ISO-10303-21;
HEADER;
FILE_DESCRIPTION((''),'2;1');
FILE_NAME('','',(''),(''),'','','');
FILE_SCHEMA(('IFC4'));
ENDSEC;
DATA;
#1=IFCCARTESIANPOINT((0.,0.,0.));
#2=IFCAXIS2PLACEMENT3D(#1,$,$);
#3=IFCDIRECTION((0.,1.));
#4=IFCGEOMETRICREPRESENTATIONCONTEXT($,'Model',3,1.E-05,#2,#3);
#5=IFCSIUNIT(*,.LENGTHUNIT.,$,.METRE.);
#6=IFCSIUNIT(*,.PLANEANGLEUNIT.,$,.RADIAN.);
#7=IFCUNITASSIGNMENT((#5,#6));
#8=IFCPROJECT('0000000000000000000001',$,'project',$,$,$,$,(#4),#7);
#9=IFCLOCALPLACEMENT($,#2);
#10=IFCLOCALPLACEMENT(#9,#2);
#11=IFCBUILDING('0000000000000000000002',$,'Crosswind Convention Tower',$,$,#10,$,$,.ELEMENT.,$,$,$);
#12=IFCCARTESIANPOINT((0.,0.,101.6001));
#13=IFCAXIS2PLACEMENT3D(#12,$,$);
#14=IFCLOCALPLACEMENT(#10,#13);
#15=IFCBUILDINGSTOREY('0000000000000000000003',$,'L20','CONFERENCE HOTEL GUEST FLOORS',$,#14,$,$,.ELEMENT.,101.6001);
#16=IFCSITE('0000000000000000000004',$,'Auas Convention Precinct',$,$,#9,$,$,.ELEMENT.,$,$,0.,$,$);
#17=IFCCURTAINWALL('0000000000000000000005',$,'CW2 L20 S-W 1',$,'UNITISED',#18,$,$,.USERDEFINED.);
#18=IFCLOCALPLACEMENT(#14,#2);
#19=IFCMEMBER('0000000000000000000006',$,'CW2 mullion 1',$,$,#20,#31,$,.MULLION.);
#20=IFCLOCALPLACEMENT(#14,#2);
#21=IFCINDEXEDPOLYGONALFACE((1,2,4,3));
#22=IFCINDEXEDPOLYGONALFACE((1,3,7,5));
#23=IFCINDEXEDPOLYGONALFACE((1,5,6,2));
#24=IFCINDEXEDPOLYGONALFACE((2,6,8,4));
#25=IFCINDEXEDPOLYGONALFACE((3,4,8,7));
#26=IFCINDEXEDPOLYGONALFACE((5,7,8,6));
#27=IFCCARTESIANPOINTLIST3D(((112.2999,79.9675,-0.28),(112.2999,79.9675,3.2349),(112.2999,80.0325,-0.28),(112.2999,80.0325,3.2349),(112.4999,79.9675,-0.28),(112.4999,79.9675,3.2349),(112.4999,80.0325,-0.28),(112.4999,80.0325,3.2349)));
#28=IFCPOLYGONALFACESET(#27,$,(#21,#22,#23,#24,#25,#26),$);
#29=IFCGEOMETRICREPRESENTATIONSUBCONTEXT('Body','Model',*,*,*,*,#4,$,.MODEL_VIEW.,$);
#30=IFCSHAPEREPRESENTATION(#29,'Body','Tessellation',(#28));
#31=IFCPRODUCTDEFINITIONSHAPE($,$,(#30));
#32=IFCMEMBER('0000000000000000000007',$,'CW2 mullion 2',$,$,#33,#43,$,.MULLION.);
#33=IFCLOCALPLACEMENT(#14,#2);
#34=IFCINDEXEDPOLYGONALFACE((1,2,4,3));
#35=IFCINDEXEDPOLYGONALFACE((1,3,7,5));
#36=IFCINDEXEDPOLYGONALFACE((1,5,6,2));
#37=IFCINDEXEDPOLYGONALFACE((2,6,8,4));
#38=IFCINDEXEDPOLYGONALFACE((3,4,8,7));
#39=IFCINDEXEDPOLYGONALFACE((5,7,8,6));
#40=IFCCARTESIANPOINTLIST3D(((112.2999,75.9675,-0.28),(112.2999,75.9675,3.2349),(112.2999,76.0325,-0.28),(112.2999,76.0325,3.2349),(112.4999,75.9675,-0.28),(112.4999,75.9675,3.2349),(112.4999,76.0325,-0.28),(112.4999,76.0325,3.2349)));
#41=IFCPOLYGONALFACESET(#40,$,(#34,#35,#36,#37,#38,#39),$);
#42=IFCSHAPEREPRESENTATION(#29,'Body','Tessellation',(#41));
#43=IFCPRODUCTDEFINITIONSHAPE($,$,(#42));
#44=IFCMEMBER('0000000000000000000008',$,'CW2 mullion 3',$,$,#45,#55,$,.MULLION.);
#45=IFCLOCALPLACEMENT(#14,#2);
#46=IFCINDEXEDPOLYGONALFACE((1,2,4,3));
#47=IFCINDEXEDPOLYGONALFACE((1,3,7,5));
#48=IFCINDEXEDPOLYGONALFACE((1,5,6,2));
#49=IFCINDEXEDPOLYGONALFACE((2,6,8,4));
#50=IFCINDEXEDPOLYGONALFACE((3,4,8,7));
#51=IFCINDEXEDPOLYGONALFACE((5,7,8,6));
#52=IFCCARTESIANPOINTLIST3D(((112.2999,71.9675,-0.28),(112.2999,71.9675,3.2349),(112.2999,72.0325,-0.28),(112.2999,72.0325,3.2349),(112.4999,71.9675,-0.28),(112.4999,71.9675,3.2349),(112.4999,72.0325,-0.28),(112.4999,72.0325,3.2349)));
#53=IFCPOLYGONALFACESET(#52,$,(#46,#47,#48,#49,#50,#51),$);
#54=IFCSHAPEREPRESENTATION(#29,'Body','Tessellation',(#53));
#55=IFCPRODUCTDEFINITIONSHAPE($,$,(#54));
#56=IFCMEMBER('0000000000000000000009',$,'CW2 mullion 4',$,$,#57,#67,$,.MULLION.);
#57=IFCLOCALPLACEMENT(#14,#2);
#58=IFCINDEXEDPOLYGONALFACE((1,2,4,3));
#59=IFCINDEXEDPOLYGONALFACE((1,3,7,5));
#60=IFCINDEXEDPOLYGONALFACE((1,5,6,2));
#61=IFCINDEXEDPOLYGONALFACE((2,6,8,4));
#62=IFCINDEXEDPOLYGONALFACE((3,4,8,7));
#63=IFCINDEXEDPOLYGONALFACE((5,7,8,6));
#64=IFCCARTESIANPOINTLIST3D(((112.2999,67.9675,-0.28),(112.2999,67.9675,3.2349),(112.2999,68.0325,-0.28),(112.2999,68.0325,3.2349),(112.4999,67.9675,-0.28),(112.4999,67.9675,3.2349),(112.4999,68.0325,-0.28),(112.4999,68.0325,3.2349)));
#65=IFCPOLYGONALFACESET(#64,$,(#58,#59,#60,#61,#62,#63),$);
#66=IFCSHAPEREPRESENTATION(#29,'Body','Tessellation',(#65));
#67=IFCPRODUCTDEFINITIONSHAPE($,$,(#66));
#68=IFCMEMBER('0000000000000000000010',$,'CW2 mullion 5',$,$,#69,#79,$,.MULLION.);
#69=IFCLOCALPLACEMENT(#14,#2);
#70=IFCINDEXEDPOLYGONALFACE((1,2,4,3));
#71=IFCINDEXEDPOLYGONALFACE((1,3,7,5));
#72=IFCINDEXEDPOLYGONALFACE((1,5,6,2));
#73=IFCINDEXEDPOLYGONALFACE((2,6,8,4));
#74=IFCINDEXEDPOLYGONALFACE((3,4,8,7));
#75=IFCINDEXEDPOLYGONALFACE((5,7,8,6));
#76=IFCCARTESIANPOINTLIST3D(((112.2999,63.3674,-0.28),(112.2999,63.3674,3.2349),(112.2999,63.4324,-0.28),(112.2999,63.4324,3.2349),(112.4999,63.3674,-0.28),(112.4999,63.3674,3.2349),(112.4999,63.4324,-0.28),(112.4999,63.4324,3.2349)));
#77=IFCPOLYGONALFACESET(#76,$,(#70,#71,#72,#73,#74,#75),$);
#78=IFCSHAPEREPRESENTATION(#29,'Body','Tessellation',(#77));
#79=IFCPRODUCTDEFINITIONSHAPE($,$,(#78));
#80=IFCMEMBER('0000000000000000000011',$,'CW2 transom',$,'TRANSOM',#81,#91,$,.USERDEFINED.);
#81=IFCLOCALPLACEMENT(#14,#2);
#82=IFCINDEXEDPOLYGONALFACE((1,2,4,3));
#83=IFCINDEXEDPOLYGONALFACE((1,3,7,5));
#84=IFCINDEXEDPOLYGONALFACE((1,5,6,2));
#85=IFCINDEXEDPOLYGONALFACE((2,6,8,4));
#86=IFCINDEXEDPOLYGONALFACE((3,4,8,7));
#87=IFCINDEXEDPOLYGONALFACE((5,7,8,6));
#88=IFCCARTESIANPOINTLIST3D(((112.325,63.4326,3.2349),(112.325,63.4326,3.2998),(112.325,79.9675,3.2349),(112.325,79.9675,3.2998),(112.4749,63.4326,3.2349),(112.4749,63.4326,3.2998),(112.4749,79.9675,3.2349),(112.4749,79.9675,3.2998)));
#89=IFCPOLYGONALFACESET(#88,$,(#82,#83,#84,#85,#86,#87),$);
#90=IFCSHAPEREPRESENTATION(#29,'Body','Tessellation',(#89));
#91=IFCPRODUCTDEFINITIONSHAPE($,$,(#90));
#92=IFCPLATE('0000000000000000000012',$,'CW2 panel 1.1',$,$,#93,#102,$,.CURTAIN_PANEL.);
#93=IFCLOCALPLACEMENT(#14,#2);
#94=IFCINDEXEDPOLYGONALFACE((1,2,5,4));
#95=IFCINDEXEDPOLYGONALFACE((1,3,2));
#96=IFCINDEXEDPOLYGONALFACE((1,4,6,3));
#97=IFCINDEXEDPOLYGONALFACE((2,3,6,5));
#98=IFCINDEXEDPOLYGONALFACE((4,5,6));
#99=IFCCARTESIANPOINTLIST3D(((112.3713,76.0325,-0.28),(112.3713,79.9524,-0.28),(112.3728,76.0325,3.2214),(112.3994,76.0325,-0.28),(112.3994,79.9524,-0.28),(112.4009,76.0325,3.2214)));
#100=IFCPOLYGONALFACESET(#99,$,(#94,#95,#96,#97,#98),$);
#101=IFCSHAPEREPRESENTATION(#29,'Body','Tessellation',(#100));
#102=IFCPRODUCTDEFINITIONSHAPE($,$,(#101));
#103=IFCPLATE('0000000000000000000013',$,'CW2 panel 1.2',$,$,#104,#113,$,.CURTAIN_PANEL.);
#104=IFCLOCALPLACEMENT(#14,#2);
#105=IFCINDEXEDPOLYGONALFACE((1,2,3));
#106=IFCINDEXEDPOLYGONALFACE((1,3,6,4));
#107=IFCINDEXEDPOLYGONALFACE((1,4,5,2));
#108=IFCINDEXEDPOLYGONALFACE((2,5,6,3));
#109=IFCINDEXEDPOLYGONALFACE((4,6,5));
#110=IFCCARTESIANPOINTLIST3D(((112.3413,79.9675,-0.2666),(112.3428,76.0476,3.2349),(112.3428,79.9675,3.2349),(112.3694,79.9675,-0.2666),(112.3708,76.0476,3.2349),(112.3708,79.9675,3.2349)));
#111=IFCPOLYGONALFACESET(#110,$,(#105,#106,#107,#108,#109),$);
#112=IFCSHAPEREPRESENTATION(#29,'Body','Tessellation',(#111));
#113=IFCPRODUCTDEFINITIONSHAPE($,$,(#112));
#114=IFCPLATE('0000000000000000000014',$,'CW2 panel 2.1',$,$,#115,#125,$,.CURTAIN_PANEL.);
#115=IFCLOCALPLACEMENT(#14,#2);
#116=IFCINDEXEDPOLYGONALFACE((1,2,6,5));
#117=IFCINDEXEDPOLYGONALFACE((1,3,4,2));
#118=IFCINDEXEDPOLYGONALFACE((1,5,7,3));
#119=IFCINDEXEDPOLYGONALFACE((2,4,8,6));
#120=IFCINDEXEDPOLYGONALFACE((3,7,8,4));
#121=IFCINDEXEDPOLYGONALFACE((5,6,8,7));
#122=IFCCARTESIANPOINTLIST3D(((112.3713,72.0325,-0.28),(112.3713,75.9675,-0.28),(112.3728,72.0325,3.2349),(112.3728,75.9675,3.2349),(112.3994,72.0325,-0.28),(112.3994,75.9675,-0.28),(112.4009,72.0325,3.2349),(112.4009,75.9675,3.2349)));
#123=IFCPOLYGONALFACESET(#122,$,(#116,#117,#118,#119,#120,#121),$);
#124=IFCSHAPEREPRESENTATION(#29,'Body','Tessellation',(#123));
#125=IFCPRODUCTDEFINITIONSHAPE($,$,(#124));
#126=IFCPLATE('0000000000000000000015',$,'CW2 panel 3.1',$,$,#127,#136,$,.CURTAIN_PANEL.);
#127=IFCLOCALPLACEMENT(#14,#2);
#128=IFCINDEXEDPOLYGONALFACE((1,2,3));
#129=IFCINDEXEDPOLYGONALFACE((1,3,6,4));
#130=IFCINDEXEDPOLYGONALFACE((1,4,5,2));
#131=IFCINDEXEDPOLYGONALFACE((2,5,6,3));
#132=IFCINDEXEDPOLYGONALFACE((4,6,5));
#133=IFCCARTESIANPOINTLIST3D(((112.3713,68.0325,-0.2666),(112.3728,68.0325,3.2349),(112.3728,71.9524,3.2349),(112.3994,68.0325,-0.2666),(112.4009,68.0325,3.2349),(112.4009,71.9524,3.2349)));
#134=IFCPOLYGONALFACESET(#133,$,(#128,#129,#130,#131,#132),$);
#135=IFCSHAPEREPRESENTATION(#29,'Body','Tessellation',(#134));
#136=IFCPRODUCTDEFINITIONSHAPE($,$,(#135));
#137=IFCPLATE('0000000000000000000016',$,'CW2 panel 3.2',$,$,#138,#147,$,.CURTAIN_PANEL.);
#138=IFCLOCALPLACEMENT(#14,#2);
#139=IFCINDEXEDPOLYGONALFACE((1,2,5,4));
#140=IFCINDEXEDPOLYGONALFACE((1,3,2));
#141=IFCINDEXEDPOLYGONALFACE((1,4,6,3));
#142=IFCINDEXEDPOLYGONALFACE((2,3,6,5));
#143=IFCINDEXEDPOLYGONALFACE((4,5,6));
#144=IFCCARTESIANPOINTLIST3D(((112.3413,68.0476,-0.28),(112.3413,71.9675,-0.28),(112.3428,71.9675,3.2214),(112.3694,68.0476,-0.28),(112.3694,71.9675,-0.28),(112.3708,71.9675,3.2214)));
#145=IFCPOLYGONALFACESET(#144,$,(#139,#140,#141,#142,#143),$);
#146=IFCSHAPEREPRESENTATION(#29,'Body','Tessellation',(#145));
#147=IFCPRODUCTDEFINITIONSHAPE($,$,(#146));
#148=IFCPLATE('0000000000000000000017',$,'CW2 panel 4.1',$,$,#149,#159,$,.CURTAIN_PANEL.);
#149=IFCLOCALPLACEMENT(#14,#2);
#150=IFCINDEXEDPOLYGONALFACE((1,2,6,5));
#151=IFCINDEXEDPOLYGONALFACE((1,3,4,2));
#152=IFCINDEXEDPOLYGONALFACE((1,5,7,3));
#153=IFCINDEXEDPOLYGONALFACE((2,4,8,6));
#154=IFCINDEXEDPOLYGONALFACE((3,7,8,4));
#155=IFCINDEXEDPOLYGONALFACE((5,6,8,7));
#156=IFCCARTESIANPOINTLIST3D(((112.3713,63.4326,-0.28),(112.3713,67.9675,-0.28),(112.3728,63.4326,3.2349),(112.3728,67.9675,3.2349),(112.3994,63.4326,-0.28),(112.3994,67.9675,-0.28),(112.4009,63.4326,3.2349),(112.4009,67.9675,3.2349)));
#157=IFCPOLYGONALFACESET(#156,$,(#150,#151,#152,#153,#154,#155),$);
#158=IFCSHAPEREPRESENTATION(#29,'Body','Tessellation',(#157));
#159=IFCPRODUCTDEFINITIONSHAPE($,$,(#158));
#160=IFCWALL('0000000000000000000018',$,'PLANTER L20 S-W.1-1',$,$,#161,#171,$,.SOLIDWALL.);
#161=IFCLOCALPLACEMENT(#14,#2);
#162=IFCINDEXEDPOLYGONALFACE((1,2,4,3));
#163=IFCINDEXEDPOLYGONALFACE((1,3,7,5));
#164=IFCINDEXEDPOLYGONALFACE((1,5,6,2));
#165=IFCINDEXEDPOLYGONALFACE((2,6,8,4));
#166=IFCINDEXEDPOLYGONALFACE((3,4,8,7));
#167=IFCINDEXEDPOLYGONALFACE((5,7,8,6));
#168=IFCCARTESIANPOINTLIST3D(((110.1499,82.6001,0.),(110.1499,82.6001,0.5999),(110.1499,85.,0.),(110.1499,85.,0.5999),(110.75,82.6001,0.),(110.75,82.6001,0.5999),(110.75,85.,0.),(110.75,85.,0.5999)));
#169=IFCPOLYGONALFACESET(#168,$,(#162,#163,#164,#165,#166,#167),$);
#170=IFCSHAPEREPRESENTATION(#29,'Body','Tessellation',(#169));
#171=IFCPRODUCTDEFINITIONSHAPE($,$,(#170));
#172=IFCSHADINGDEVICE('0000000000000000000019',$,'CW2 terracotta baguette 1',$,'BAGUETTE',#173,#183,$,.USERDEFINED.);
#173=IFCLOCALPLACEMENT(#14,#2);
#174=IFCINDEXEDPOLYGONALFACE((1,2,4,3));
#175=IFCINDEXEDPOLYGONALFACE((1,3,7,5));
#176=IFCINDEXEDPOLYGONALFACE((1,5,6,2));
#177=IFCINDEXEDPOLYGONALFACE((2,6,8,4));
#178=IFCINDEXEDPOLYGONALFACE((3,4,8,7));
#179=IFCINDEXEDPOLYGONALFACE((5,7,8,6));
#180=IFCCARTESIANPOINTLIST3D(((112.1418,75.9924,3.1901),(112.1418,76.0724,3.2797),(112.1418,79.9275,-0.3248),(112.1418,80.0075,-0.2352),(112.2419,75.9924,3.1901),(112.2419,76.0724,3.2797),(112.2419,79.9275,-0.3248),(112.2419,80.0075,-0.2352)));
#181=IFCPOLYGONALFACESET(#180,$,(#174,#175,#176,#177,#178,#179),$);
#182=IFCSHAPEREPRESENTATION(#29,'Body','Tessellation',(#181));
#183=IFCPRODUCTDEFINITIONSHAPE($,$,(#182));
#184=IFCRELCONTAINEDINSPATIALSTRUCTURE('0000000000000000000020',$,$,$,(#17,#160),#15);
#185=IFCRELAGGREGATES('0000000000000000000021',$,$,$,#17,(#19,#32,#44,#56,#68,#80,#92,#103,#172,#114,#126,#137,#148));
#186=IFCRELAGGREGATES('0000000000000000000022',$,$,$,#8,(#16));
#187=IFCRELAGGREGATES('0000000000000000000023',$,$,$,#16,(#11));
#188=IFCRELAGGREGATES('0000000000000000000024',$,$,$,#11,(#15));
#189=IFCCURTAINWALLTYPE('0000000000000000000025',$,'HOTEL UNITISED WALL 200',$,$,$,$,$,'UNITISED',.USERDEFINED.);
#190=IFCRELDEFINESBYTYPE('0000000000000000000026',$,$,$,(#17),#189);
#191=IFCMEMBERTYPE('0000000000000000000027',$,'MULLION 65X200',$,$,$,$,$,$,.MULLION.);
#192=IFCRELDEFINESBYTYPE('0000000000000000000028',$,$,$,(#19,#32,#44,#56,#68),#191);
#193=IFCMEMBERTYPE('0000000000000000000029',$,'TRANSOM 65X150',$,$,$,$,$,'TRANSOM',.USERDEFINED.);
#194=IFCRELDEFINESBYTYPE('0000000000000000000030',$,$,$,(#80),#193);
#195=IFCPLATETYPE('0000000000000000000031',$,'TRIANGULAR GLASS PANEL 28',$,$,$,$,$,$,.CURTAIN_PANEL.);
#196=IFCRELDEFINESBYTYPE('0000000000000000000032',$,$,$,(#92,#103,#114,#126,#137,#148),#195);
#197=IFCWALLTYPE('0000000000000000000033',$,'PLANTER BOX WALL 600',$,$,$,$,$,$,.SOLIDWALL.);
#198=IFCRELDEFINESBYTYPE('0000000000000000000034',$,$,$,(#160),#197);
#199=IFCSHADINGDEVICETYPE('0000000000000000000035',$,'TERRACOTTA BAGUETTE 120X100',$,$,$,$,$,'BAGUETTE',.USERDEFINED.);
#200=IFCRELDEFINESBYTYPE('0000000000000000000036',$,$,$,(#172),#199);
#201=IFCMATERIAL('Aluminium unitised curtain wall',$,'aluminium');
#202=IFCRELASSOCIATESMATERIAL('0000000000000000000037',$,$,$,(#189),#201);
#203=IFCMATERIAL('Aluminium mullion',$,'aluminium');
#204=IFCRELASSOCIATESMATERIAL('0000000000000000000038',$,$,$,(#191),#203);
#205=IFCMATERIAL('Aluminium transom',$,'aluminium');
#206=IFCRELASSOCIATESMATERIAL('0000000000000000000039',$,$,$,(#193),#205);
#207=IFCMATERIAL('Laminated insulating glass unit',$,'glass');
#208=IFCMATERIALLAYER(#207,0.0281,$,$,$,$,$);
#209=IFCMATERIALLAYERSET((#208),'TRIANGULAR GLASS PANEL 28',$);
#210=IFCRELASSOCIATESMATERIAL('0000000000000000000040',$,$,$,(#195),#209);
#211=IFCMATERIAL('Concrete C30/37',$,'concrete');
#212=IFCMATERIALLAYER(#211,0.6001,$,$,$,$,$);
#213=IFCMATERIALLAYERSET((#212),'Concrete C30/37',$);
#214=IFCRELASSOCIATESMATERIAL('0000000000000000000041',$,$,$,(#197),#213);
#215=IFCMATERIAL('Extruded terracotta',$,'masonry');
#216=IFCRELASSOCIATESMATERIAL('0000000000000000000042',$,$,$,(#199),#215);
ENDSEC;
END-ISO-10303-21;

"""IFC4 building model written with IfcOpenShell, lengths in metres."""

from ifc_helpers import new_model, si_unit, direction, frame, frame_2d, origin, origin_2d, place, context, subcontext, project, spatial, polyline, rectangle, outline, extrude, material, layer, layer_set, material_profile, profile_set, type_object, element, aggregate, save


model = new_model("IFC4")

# Units and contexts
model_context = context("Model", 3, precision=1e-05, world=origin(), true_north=direction((0.0, 1.0)))
body_context = subcontext(model_context, "Body", "Model", "MODEL_VIEW")
ifc_project = project(units=[si_unit("LENGTHUNIT", "METRE"), si_unit("PLANEANGLEUNIT", "RADIAN")], contexts=[model_context])

# Site, building, storey
site_placement = place(None, origin())
site = spatial("IfcSite", under=ifc_project, at=site_placement, Name="Auas Convention Precinct", CompositionType="ELEMENT", RefElevation=0.0)
building_placement = place(site_placement, origin())
building = spatial("IfcBuilding", under=site, at=building_placement, Name="Crosswind Convention Tower", CompositionType="ELEMENT")
storey_placement = place(building_placement, frame((0.0, 0.0, 101.6001)))
storey = spatial("IfcBuildingStorey", under=building, at=storey_placement, Name="L20", Description="CONFERENCE HOTEL GUEST FLOORS", CompositionType="ELEMENT", Elevation=101.6001)

# Curtain wall, members, plates
ifc_material_1 = material(Name="Aluminium unitised curtain wall", Category="aluminium")
curtain_wall_type = type_object("IfcCurtainWallType", Name="HOTEL UNITISED WALL 200", ElementType="UNITISED", PredefinedType="USERDEFINED", material=ifc_material_1)
curtain_wall_1_placement = place(storey_placement, origin())
curtain_wall_1 = element("IfcCurtainWall", 1, at=curtain_wall_1_placement, inside=storey, type_object=curtain_wall_type, Name="CW2 L20 S-W 1", ObjectType="UNITISED", PredefinedType="USERDEFINED")
ifc_material_2 = material(Name="Aluminium mullion", Category="aluminium")
ifc_material_profile_1 = material_profile(ifc_material_2, rectangle(XDim=0.2, YDim=0.0649, at=origin_2d()), Name="AL 200X65")
ifc_profile_set_1 = profile_set([ifc_material_profile_1], Name="Aluminium mullion")
member_type_1 = type_object("IfcMemberType", Name="MULLION 65X200", PredefinedType="MULLION", material=ifc_profile_set_1)
member_1_placement = place(storey_placement, frame((112.3999, 80.0, -0.28), z_axis=(0.0, 0.0, 1.0), x_axis=(-1.0, 0.0, 0.0)))
member_1 = element("IfcMember", 2, at=member_1_placement, type_object=member_type_1, Name="CW2 mullion 1", PredefinedType="MULLION", context=body_context, shape_type="SweptSolid", body=[
    extrude(rectangle(XDim=0.2, YDim=0.0649, at=origin_2d()), origin(), (0.0, 0.0, 1.0), 3.5149),
])
member_2_placement = place(storey_placement, frame((112.3999, 76.0, -0.28), z_axis=(0.0, 0.0, 1.0), x_axis=(-1.0, 0.0, 0.0)))
member_2 = element("IfcMember", 3, at=member_2_placement, type_object=member_type_1, Name="CW2 mullion 2", PredefinedType="MULLION", context=body_context, shape_type="SweptSolid", body=[
    extrude(rectangle(XDim=0.2, YDim=0.0649, at=origin_2d()), origin(), (0.0, 0.0, 1.0), 3.5149),
])
member_3_placement = place(storey_placement, frame((112.3999, 72.0, -0.28), z_axis=(0.0, 0.0, 1.0), x_axis=(-1.0, 0.0, 0.0)))
member_3 = element("IfcMember", 4, at=member_3_placement, type_object=member_type_1, Name="CW2 mullion 3", PredefinedType="MULLION", context=body_context, shape_type="SweptSolid", body=[
    extrude(rectangle(XDim=0.2, YDim=0.0649, at=origin_2d()), origin(), (0.0, 0.0, 1.0), 3.5149),
])
member_4_placement = place(storey_placement, frame((112.3999, 68.0, -0.28), z_axis=(0.0, 0.0, 1.0), x_axis=(-1.0, 0.0, 0.0)))
member_4 = element("IfcMember", 5, at=member_4_placement, type_object=member_type_1, Name="CW2 mullion 4", PredefinedType="MULLION", context=body_context, shape_type="SweptSolid", body=[
    extrude(rectangle(XDim=0.2, YDim=0.0649, at=origin_2d()), origin(), (0.0, 0.0, 1.0), 3.5149),
])
member_5_placement = place(storey_placement, frame((112.3999, 63.3999, -0.28), z_axis=(0.0, 0.0, 1.0), x_axis=(-1.0, 0.0, 0.0)))
member_5 = element("IfcMember", 6, at=member_5_placement, type_object=member_type_1, Name="CW2 mullion 5", PredefinedType="MULLION", context=body_context, shape_type="SweptSolid", body=[
    extrude(rectangle(XDim=0.2, YDim=0.0649, at=origin_2d()), origin(), (0.0, 0.0, 1.0), 3.5149),
])
ifc_material_3 = material(Name="Aluminium transom", Category="aluminium")
ifc_material_profile_2 = material_profile(ifc_material_3, rectangle(XDim=0.1499, YDim=0.0649, at=origin_2d()), Name="AL 150X65")
ifc_profile_set_2 = profile_set([ifc_material_profile_2], Name="Aluminium transom")
member_type_2 = type_object("IfcMemberType", Name="TRANSOM 65X150", ElementType="TRANSOM", PredefinedType="USERDEFINED", material=ifc_profile_set_2)
member_6_placement = place(storey_placement, frame((112.3999, 79.9675, 3.2673), z_axis=(0.0, -1.0, 0.0), x_axis=(1.0, 0.0, 0.0)))
member_6 = element("IfcMember", 7, at=member_6_placement, type_object=member_type_2, Name="CW2 transom", ObjectType="TRANSOM", PredefinedType="USERDEFINED", context=body_context, shape_type="SweptSolid", body=[
    extrude(rectangle(XDim=0.1499, YDim=0.0649, at=origin_2d()), origin(), (0.0, 0.0, 1.0), 16.5349),
])
ifc_material_4 = material(Name="Laminated insulating glass unit", Category="glass")
ifc_layer_1 = layer(ifc_material_4, 0.0281)
ifc_layer_set_1 = layer_set([ifc_layer_1], Name="TRIANGULAR GLASS PANEL 28")
plate_type = type_object("IfcPlateType", Name="TRIANGULAR GLASS PANEL 28", PredefinedType="CURTAIN_PANEL", material=ifc_layer_set_1)
plate_1_placement = place(storey_placement, frame((112.3713, 76.0325, -0.28), z_axis=(-1.0, 0.0, 0.000418), x_axis=(0.000418, 0.0, 1.0)))
plate_1 = element("IfcPlate", 8, at=plate_1_placement, type_object=plate_type, Name="CW2 panel 1.1", PredefinedType="CURTAIN_PANEL", context=body_context, shape_type="SweptSolid", body=[
    extrude(outline(polyline([(0.0, 0.0), (3.5015, 0.0), (0.0, 3.9199), (0.0, 0.0)])), origin(), (0.0, 0.0, -1.0), 0.0281),
])
plate_2_placement = place(storey_placement, frame((112.3428, 79.9675, 3.2349), z_axis=(-1.0, 0.0, 0.000418), x_axis=(-0.000418, 0.0, -1.0)))
plate_2 = element("IfcPlate", 9, at=plate_2_placement, type_object=plate_type, Name="CW2 panel 1.2", PredefinedType="CURTAIN_PANEL", context=body_context, shape_type="SweptSolid", body=[
    extrude(outline(polyline([(0.0, 0.0), (3.5015, 0.0), (0.0, 3.9199), (0.0, 0.0)])), origin(), (0.0, 0.0, -1.0), 0.0281),
])
plate_3_placement = place(storey_placement, frame((112.3713, 75.9675, -0.28), z_axis=(-1.0, 0.0, 0.000417), x_axis=(0.0, -1.0, 0.0)))
plate_3 = element("IfcPlate", 10, at=plate_3_placement, type_object=plate_type, Name="CW2 panel 2.1", PredefinedType="CURTAIN_PANEL", context=body_context, shape_type="SweptSolid", body=[
    extrude(outline(polyline([(0.0, 0.0), (3.9351, 0.0), (3.9351, 3.5149), (0.0, 3.5149), (0.0, 0.0)])), origin(), (0.0, 0.0, -1.0), 0.0281),
])
plate_4_placement = place(storey_placement, frame((112.3728, 68.0325, 3.2349), z_axis=(-1.0, 0.0, 0.000418), x_axis=(0.0, 1.0, 0.0)))
plate_4 = element("IfcPlate", 11, at=plate_4_placement, type_object=plate_type, Name="CW2 panel 3.1", PredefinedType="CURTAIN_PANEL", context=body_context, shape_type="SweptSolid", body=[
    extrude(outline(polyline([(0.0, 0.0), (3.9199, 0.0), (0.0, 3.5015), (0.0, 0.0)])), origin(), (0.0, 0.0, -1.0), 0.0281),
])
plate_5_placement = place(storey_placement, frame((112.3413, 71.9675, -0.28), z_axis=(-1.0, 0.0, 0.000418), x_axis=(0.0, -1.0, 0.0)))
plate_5 = element("IfcPlate", 12, at=plate_5_placement, type_object=plate_type, Name="CW2 panel 3.2", PredefinedType="CURTAIN_PANEL", context=body_context, shape_type="SweptSolid", body=[
    extrude(outline(polyline([(0.0, 0.0), (3.9199, 0.0), (0.0, 3.5015), (0.0, 0.0)])), origin(), (0.0, 0.0, -1.0), 0.0281),
])
plate_6_placement = place(storey_placement, frame((112.3713, 67.9675, -0.28), z_axis=(-1.0, 0.0, 0.000417), x_axis=(0.0, -1.0, 0.0)))
plate_6 = element("IfcPlate", 13, at=plate_6_placement, type_object=plate_type, Name="CW2 panel 4.1", PredefinedType="CURTAIN_PANEL", context=body_context, shape_type="SweptSolid", body=[
    extrude(outline(polyline([(0.0, 0.0), (4.5349, 0.0), (4.5349, 3.5149), (0.0, 3.5149), (0.0, 0.0)])), origin(), (0.0, 0.0, -1.0), 0.0281),
])

# Wall
ifc_material_5 = material(Name="Concrete C30/37", Category="concrete")
ifc_layer_2 = layer(ifc_material_5, 0.6001)
ifc_layer_set_2 = layer_set([ifc_layer_2], Name="Concrete C30/37")
wall_type = type_object("IfcWallType", Name="PLANTER BOX WALL 600", PredefinedType="SOLIDWALL", material=ifc_layer_set_2)
wall_placement = place(storey_placement, frame((110.45, 85.0, 0.0), z_axis=(0.0, 0.0, 1.0), x_axis=(0.0, -1.0, 0.0)))
element("IfcWall", 14, at=wall_placement, inside=storey, type_object=wall_type, Name="PLANTER L20 S-W.1-1", PredefinedType="SOLIDWALL", context=body_context, shape_type="SweptSolid", body=[
    extrude(rectangle(XDim=2.3999, YDim=0.6001, at=frame_2d((1.2, 0.0))), origin(), (0.0, 0.0, 1.0), 0.5999),
])

# Shading device
ifc_material_6 = material(Name="Extruded terracotta", Category="masonry")
ifc_material_profile_3 = material_profile(ifc_material_6, rectangle(XDim=0.1001, YDim=0.1201, at=origin_2d()), Name="TC 100X120")
ifc_profile_set_3 = profile_set([ifc_material_profile_3], Name="Extruded terracotta")
shading_device_type = type_object("IfcShadingDeviceType", Name="TERRACOTTA BAGUETTE 120X100", ElementType="BAGUETTE", PredefinedType="USERDEFINED", material=ifc_profile_set_3)
shading_device_1_placement = place(storey_placement, frame((112.1919, 79.9675, -0.28), z_axis=(0.0, -0.745801, 0.666168), x_axis=(1.0, 0.0, 0.0)))
shading_device_1 = element("IfcShadingDevice", 15, at=shading_device_1_placement, type_object=shading_device_type, Name="CW2 terracotta baguette 1", ObjectType="BAGUETTE", PredefinedType="USERDEFINED", context=body_context, shape_type="SweptSolid", body=[
    extrude(rectangle(XDim=0.1001, YDim=0.1201, at=origin_2d()), origin(), (0.0, 0.0, 1.0), 5.2764),
])
aggregate(curtain_wall_1, [member_1, member_2, member_3, member_4, member_5, member_6, plate_1, plate_2, shading_device_1, plate_3, plate_4, plate_5, plate_6])

save(model, "model.ifc")
